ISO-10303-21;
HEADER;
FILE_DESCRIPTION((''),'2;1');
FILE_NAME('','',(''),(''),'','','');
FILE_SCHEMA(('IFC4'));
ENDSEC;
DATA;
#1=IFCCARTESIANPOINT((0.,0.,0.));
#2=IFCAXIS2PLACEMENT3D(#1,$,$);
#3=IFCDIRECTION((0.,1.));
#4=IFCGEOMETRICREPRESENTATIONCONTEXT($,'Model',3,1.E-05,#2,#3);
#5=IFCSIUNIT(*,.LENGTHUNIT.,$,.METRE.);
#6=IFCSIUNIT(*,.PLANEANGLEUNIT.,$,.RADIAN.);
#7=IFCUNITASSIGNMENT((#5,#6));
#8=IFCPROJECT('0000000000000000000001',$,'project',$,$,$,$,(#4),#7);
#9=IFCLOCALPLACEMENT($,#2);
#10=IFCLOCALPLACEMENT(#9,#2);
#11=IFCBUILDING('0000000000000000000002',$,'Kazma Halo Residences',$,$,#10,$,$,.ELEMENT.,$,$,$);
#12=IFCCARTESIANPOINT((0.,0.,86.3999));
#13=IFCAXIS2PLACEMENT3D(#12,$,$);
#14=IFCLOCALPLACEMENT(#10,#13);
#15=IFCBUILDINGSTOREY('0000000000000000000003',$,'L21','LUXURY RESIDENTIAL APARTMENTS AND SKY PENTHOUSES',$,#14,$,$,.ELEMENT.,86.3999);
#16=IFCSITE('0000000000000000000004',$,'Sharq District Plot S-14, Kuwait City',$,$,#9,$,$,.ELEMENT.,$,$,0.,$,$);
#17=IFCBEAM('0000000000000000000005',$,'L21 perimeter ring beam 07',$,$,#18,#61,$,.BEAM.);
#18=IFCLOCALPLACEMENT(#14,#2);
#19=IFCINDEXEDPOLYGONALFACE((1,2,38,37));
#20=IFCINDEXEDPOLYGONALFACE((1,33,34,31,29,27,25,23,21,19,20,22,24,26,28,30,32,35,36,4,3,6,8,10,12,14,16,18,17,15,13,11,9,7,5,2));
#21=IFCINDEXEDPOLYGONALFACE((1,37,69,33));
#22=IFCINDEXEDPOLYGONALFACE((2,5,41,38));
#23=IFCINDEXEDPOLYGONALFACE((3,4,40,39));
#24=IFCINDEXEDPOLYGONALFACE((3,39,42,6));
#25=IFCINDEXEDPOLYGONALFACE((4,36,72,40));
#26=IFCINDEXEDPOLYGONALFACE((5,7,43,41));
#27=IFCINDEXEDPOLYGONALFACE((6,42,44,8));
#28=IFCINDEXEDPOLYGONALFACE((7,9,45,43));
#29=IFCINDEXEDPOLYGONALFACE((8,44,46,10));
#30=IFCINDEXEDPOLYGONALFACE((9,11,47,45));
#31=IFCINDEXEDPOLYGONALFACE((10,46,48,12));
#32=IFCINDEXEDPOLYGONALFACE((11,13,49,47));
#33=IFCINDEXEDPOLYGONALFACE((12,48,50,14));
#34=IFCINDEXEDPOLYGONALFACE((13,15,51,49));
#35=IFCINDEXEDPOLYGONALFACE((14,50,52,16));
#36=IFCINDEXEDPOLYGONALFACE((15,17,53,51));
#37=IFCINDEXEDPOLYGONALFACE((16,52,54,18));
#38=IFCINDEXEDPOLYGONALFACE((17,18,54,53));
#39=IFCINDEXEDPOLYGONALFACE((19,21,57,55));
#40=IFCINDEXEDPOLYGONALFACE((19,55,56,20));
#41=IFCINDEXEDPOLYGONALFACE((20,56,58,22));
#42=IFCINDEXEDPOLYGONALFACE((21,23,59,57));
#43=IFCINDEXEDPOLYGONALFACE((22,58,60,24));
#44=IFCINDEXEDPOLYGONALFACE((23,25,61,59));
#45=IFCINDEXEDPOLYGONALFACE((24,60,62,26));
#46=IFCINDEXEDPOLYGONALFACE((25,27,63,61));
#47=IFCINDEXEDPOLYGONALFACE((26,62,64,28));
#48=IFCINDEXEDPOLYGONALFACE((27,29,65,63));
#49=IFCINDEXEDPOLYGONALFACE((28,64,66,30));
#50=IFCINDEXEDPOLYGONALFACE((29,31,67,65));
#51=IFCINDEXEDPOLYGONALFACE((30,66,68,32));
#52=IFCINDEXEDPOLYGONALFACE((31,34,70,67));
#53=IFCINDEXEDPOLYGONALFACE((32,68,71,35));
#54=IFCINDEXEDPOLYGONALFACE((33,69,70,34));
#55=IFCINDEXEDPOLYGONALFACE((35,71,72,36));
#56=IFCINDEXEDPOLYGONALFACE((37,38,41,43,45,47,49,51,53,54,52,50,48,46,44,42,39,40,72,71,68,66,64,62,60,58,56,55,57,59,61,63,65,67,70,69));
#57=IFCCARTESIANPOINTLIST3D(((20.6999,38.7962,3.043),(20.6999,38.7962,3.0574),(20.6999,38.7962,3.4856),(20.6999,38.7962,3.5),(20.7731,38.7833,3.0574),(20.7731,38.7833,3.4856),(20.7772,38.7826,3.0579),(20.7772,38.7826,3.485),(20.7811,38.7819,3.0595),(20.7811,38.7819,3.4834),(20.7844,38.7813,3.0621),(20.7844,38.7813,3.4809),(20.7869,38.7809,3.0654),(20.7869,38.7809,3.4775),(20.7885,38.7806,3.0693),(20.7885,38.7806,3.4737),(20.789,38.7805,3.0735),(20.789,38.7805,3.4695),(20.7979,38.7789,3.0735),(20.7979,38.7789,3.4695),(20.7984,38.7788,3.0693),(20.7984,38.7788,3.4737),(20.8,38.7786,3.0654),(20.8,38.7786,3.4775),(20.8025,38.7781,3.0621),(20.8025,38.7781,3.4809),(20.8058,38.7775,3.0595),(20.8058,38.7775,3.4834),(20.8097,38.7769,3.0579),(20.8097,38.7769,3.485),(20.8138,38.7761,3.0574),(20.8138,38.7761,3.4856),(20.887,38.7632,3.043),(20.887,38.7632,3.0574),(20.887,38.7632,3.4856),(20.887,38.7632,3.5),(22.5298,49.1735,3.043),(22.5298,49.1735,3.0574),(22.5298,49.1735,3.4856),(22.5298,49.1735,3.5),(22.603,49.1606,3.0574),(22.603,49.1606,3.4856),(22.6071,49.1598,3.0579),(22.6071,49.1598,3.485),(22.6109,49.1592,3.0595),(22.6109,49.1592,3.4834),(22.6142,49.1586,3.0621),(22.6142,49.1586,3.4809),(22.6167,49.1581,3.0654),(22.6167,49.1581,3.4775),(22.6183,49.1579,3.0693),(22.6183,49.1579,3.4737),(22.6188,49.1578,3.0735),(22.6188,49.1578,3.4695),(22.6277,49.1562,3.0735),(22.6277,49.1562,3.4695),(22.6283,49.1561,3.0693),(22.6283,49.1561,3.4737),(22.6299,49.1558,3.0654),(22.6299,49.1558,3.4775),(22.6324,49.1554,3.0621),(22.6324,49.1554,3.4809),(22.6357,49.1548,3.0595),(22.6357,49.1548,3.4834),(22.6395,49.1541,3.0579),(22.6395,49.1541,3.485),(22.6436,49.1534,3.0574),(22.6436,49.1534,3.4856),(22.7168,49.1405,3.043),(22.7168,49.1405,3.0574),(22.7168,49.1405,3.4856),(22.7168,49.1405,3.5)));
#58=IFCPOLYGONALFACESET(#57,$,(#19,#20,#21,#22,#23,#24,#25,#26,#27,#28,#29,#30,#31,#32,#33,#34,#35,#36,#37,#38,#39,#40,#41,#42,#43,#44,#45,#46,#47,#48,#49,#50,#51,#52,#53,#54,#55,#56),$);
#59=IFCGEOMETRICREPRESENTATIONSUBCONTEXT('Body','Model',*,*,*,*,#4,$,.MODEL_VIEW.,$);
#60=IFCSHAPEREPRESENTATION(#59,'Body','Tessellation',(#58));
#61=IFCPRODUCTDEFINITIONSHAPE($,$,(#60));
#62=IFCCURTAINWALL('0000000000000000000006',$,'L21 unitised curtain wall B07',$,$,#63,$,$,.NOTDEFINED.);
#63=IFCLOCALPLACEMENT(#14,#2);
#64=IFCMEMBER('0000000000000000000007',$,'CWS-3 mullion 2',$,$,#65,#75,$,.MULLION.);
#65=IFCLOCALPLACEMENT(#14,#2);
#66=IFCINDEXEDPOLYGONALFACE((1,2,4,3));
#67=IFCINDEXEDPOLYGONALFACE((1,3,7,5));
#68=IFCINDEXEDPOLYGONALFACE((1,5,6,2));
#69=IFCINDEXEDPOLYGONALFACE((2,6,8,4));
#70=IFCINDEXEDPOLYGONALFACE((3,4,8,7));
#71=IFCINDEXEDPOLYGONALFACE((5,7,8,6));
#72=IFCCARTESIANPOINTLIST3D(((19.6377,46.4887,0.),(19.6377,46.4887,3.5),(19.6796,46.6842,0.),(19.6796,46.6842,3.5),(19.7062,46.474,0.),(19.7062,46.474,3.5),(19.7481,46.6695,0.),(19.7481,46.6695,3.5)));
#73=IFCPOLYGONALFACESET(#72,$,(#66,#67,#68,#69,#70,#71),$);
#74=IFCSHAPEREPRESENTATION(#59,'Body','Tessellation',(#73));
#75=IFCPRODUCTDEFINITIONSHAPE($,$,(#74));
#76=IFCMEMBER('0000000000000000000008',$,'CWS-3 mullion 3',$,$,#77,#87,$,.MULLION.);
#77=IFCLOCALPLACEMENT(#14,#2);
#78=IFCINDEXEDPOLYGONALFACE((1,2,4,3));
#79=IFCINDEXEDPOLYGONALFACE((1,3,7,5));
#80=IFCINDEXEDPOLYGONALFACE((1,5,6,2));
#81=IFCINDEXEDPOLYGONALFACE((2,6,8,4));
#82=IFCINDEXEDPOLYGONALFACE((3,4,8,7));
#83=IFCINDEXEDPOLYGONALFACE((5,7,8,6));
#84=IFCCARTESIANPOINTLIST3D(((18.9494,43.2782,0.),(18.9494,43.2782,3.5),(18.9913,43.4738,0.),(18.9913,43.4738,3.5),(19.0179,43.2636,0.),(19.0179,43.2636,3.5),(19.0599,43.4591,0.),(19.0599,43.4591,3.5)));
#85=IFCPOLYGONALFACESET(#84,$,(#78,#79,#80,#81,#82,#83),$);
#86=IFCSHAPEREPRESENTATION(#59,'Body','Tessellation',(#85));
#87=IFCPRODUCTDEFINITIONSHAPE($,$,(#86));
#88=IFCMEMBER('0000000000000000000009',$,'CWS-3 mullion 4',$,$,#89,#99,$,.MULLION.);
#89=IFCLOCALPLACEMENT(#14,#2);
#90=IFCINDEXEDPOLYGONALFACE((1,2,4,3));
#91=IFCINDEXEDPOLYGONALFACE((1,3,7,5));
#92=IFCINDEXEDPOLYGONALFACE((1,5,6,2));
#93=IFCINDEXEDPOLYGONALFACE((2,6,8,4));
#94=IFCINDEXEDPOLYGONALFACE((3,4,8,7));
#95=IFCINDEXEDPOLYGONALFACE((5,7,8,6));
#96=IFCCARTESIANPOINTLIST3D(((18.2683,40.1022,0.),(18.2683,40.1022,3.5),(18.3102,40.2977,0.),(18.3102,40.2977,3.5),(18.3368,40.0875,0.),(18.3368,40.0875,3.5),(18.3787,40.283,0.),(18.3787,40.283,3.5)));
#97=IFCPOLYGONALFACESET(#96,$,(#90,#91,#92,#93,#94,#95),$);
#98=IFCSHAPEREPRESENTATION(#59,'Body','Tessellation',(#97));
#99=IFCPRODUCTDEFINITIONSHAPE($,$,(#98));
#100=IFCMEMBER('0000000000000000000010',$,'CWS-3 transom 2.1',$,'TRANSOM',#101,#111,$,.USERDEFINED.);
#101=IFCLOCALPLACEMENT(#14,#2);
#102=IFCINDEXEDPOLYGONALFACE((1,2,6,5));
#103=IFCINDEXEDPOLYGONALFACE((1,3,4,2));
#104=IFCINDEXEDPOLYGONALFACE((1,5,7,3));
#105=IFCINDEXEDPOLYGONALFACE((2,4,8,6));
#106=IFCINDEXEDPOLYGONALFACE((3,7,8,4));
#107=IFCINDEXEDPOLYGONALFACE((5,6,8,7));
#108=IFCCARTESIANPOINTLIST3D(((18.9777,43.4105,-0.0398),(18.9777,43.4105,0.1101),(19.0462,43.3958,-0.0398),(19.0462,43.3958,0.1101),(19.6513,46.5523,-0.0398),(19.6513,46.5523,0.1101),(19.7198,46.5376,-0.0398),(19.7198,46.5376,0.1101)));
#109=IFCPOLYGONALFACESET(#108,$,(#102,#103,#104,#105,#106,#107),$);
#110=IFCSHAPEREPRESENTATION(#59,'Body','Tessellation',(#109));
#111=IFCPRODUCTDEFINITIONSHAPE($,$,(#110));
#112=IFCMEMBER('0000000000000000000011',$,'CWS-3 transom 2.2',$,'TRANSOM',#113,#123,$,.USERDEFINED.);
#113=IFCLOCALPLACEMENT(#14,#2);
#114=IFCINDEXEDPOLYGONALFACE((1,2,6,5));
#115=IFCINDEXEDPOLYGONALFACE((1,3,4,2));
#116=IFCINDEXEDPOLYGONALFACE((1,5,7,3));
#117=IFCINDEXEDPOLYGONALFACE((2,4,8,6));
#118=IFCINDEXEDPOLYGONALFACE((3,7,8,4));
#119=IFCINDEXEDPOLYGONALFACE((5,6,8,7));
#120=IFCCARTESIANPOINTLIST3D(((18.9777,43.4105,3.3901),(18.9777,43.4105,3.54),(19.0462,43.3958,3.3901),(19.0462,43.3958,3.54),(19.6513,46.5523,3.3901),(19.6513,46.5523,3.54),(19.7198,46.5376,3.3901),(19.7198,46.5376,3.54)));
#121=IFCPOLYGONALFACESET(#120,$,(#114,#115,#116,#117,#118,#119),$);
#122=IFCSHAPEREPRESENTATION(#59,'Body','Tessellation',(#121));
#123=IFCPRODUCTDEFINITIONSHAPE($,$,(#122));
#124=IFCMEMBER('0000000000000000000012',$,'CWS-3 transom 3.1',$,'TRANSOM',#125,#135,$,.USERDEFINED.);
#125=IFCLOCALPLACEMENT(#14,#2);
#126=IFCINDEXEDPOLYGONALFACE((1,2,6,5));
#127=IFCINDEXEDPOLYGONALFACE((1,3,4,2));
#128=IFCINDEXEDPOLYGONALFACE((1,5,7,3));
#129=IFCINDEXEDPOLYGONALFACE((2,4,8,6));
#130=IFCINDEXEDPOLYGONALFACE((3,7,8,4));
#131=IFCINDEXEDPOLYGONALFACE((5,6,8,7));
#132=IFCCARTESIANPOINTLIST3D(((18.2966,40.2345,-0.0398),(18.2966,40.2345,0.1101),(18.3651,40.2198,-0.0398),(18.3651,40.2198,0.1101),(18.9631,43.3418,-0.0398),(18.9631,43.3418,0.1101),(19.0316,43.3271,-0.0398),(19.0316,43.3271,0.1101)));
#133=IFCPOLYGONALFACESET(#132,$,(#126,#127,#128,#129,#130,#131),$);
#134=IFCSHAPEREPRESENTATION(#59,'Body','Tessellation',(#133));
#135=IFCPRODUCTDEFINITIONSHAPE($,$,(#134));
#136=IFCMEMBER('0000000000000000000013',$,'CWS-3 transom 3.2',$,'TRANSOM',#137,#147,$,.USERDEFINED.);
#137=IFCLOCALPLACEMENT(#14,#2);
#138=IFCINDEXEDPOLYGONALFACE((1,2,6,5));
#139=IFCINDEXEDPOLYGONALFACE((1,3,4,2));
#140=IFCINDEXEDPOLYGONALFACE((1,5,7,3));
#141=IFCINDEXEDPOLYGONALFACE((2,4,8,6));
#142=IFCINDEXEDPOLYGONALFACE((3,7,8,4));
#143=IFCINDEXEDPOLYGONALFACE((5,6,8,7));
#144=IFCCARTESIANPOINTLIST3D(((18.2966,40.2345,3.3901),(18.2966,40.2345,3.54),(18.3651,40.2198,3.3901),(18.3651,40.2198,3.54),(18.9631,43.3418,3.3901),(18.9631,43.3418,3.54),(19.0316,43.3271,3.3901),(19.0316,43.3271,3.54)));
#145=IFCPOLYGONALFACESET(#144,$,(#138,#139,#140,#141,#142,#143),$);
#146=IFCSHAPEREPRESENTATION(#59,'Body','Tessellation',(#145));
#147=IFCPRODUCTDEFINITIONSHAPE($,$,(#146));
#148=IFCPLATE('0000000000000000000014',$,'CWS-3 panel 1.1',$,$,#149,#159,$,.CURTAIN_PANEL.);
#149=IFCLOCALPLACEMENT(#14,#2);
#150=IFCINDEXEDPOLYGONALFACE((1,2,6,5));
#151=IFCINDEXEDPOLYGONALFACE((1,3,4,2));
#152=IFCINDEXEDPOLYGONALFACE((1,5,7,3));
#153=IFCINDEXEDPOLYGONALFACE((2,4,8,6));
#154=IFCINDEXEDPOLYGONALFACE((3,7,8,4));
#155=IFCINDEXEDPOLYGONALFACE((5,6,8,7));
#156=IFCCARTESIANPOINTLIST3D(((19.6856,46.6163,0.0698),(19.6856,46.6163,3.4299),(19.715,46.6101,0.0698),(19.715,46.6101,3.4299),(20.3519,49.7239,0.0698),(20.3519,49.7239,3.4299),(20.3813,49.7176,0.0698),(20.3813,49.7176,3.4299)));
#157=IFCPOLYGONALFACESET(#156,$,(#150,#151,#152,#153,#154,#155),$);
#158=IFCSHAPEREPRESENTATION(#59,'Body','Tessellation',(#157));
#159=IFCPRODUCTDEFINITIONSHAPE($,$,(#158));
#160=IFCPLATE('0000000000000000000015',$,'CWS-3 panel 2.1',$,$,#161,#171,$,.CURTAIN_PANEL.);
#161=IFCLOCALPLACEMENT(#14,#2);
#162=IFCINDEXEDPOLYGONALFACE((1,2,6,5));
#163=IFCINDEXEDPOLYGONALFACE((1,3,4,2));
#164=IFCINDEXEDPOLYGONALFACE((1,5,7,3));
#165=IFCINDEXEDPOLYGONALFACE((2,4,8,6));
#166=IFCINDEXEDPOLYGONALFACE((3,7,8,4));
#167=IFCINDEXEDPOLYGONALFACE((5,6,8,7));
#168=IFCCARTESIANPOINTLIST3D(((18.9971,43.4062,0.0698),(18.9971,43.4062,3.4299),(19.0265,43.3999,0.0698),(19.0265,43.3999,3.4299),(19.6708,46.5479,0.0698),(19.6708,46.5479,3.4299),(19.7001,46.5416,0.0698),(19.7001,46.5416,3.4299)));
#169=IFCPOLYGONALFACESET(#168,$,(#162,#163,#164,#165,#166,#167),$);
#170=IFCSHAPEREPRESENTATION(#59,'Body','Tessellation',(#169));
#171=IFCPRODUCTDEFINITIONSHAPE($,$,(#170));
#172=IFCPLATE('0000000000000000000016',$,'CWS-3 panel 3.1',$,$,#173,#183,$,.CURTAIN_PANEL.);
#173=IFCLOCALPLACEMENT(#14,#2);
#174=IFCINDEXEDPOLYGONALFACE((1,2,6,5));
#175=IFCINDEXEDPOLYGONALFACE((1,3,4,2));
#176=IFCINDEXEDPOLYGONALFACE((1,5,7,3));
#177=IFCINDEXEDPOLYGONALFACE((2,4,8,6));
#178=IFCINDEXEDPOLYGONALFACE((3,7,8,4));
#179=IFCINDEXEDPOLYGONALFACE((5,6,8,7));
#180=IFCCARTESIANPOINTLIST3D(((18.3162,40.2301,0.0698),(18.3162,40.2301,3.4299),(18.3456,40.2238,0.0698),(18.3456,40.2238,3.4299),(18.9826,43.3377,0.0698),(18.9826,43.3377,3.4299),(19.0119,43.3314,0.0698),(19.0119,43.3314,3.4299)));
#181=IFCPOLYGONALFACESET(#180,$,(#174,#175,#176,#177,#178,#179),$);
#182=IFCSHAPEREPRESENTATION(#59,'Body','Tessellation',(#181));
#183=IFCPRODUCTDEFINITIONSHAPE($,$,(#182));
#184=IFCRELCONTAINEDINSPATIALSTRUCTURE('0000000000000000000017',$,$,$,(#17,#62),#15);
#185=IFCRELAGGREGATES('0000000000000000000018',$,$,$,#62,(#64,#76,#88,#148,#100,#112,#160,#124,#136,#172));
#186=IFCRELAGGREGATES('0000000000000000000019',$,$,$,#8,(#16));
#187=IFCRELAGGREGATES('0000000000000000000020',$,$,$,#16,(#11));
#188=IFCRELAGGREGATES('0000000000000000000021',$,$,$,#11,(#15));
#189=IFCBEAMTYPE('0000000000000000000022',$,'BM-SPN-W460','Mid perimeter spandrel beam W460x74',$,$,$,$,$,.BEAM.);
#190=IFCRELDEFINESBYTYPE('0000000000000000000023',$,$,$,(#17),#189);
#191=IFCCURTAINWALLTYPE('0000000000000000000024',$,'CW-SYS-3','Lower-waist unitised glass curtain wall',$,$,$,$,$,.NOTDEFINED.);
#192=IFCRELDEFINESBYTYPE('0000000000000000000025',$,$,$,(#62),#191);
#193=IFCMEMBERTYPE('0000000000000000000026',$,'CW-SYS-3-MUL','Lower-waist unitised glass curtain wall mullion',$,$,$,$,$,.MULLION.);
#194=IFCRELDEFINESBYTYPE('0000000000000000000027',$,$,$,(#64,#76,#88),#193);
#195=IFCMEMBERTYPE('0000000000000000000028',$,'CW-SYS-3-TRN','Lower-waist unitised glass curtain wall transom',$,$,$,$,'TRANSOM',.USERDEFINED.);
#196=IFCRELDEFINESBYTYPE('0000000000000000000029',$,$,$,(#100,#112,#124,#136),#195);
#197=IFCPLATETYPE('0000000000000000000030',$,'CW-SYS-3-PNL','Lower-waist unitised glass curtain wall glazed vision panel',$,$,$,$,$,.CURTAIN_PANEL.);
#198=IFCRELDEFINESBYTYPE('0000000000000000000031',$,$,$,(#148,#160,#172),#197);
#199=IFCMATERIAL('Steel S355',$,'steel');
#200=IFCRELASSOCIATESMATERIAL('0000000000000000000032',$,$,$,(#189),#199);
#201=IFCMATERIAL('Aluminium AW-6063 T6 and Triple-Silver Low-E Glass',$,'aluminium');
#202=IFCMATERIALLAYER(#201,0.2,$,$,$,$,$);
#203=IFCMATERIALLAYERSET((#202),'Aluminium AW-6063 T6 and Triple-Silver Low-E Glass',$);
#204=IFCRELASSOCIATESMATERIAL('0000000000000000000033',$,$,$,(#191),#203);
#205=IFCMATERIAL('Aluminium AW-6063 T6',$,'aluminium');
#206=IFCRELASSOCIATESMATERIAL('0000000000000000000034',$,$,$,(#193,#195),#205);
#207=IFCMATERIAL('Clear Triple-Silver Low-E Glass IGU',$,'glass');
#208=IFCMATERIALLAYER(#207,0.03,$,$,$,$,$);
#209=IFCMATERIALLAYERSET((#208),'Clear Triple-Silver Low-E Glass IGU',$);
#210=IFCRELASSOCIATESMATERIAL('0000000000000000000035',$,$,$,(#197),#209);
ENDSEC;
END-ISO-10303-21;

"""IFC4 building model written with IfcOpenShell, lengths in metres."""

from ifc_helpers import new_model, si_unit, direction, frame, origin, origin_2d, place, context, subcontext, project, spatial, rectangle, i_section, extrude, material, layer, layer_set, material_profile, profile_set, type_object, element, aggregate, save


model = new_model("IFC4")

# Units and contexts
model_context = context("Model", 3, precision=1e-05, world=origin(), true_north=direction((0.0, 1.0)))
body_context = subcontext(model_context, "Body", "Model", "MODEL_VIEW")
ifc_project = project(units=[si_unit("LENGTHUNIT", "METRE"), si_unit("PLANEANGLEUNIT", "RADIAN")], contexts=[model_context])

# Site, building, storey
site_placement = place(None, origin())
site = spatial("IfcSite", under=ifc_project, at=site_placement, Name="Sharq District Plot S-14, Kuwait City", CompositionType="ELEMENT", RefElevation=0.0)
building_placement = place(site_placement, origin())
building = spatial("IfcBuilding", under=site, at=building_placement, Name="Kazma Halo Residences", CompositionType="ELEMENT")
storey_placement = place(building_placement, frame((0.0, 0.0, 86.3999)))
storey = spatial("IfcBuildingStorey", under=building, at=storey_placement, Name="L21", Description="LUXURY RESIDENTIAL APARTMENTS AND SKY PENTHOUSES", CompositionType="ELEMENT", Elevation=86.3999)

# Beam
ifc_material_1 = material(Name="Steel S355", Category="steel")
ifc_material_profile_1 = material_profile(ifc_material_1, i_section(OverallWidth=0.1899, OverallDepth=0.457, WebThickness=0.009, FlangeThickness=0.0144, FilletRadius=0.0161, at=origin_2d()), Name="W460x74")
ifc_profile_set_1 = profile_set([ifc_material_profile_1], Name="Steel S355")
beam_type_1 = type_object("IfcBeamType", Name="BM-SPN-W460", Description="Mid perimeter spandrel beam W460x74", PredefinedType="BEAM", material=ifc_profile_set_1)
beam_1_placement = place(storey_placement, frame((22.6233, 49.157, 3.2715), z_axis=(-0.173653, -0.984807, 0.0), x_axis=(0.984807, -0.173653, 0.0)))
element("IfcBeam", 1, at=beam_1_placement, inside=storey, type_object=beam_type_1, Name="L21 perimeter ring beam 07", PredefinedType="BEAM", context=body_context, shape_type="SweptSolid", body=[
    extrude(i_section(OverallWidth=0.1899, OverallDepth=0.457, WebThickness=0.009, FlangeThickness=0.0144, FilletRadius=0.0161, at=origin_2d()), origin(), (0.0, 0.0, 1.0), 10.5374),
])

# Curtain wall, members, plates
ifc_material_2 = material(Name="Aluminium AW-6063 T6 and Triple-Silver Low-E Glass", Category="aluminium")
ifc_layer_1 = layer(ifc_material_2, 0.2)
ifc_layer_set_1 = layer_set([ifc_layer_1], Name="Aluminium AW-6063 T6 and Triple-Silver Low-E Glass")
curtain_wall_type = type_object("IfcCurtainWallType", Name="CW-SYS-3", Description="Lower-waist unitised glass curtain wall", PredefinedType="NOTDEFINED", material=ifc_layer_set_1)
curtain_wall_placement = place(storey_placement, origin())
curtain_wall = element("IfcCurtainWall", 2, at=curtain_wall_placement, inside=storey, type_object=curtain_wall_type, Name="L21 unitised curtain wall B07", PredefinedType="NOTDEFINED")
ifc_material_3 = material(Name="Aluminium AW-6063 T6", Category="aluminium")
ifc_material_profile_2 = material_profile(ifc_material_3, rectangle(XDim=0.0701, YDim=0.2, at=origin_2d()), Name="CWM-70x200")
ifc_profile_set_2 = profile_set([ifc_material_profile_2], Name="Aluminium AW-6063 T6")
member_type_1 = type_object("IfcMemberType", Name="CW-SYS-3-MUL", Description="Lower-waist unitised glass curtain wall mullion", PredefinedType="MULLION", material=ifc_profile_set_2)
member_1_placement = place(storey_placement, frame((19.6929, 46.5791, 0.0), z_axis=(0.0, 0.0, 1.0), x_axis=(0.977774, -0.209661, 0.0)))
member_1 = element("IfcMember", 3, at=member_1_placement, type_object=member_type_1, Name="CWS-3 mullion 2", PredefinedType="MULLION", context=body_context, shape_type="SweptSolid", body=[
    extrude(rectangle(XDim=0.0701, YDim=0.2, at=origin_2d()), origin(), (0.0, 0.0, 1.0), 3.5),
])
member_2_placement = place(storey_placement, frame((19.0046, 43.3687, 0.0), z_axis=(0.0, 0.0, 1.0), x_axis=(0.977774, -0.209661, 0.0)))
member_2 = element("IfcMember", 4, at=member_2_placement, type_object=member_type_1, Name="CWS-3 mullion 3", PredefinedType="MULLION", context=body_context, shape_type="SweptSolid", body=[
    extrude(rectangle(XDim=0.0701, YDim=0.2, at=origin_2d()), origin(), (0.0, 0.0, 1.0), 3.5),
])
member_3_placement = place(storey_placement, frame((18.3235, 40.1926, 0.0), z_axis=(0.0, 0.0, 1.0), x_axis=(0.977774, -0.209661, 0.0)))
member_3 = element("IfcMember", 5, at=member_3_placement, type_object=member_type_1, Name="CWS-3 mullion 4", PredefinedType="MULLION", context=body_context, shape_type="SweptSolid", body=[
    extrude(rectangle(XDim=0.0701, YDim=0.2, at=origin_2d()), origin(), (0.0, 0.0, 1.0), 3.5),
])
ifc_material_profile_3 = material_profile(ifc_material_3, rectangle(XDim=0.0701, YDim=0.1499, at=origin_2d()), Name="CWT-70x150")
ifc_profile_set_3 = profile_set([ifc_material_profile_3], Name="Aluminium AW-6063 T6")
member_type_2 = type_object("IfcMemberType", Name="CW-SYS-3-TRN", Description="Lower-waist unitised glass curtain wall transom", ElementType="TRANSOM", PredefinedType="USERDEFINED", material=ifc_profile_set_3)
member_4_placement = place(storey_placement, frame((19.6855, 46.5449, 0.0352), z_axis=(-0.209628, -0.977781, 0.0), x_axis=(0.977781, -0.209628, 0.0)))
member_4 = element("IfcMember", 6, at=member_4_placement, type_object=member_type_2, Name="CWS-3 transom 2.1", ObjectType="TRANSOM", PredefinedType="USERDEFINED", context=body_context, shape_type="SweptSolid", body=[
    extrude(rectangle(XDim=0.0701, YDim=0.1499, at=origin_2d()), origin(), (0.0, 0.0, 1.0), 3.2131),
])
member_5_placement = place(storey_placement, frame((19.6855, 46.5449, 3.4651), z_axis=(-0.209628, -0.977781, 0.0), x_axis=(0.977781, -0.209628, 0.0)))
member_5 = element("IfcMember", 7, at=member_5_placement, type_object=member_type_2, Name="CWS-3 transom 2.2", ObjectType="TRANSOM", PredefinedType="USERDEFINED", context=body_context, shape_type="SweptSolid", body=[
    extrude(rectangle(XDim=0.0701, YDim=0.1499, at=origin_2d()), origin(), (0.0, 0.0, 1.0), 3.2131),
])
member_6_placement = place(storey_placement, frame((18.9973, 43.3345, 0.0352), z_axis=(-0.209718, -0.977762, 0.0), x_axis=(0.977762, -0.209718, 0.0)))
member_6 = element("IfcMember", 8, at=member_6_placement, type_object=member_type_2, Name="CWS-3 transom 3.1", ObjectType="TRANSOM", PredefinedType="USERDEFINED", context=body_context, shape_type="SweptSolid", body=[
    extrude(rectangle(XDim=0.0701, YDim=0.1499, at=origin_2d()), origin(), (0.0, 0.0, 1.0), 3.178),
])
member_7_placement = place(storey_placement, frame((18.9973, 43.3345, 3.4651), z_axis=(-0.209718, -0.977762, 0.0), x_axis=(0.977762, -0.209718, 0.0)))
member_7 = element("IfcMember", 9, at=member_7_placement, type_object=member_type_2, Name="CWS-3 transom 3.2", ObjectType="TRANSOM", PredefinedType="USERDEFINED", context=body_context, shape_type="SweptSolid", body=[
    extrude(rectangle(XDim=0.0701, YDim=0.1499, at=origin_2d()), origin(), (0.0, 0.0, 1.0), 3.178),
])
ifc_material_4 = material(Name="Clear Triple-Silver Low-E Glass IGU", Category="glass")
ifc_layer_2 = layer(ifc_material_4, 0.03)
ifc_layer_set_2 = layer_set([ifc_layer_2], Name="Clear Triple-Silver Low-E Glass IGU")
plate_type = type_object("IfcPlateType", Name="CW-SYS-3-PNL", Description="Lower-waist unitised glass curtain wall glazed vision panel", PredefinedType="CURTAIN_PANEL", material=ifc_layer_set_2)
plate_1_placement = place(storey_placement, frame((20.0334, 48.167, 0.0698), z_axis=(0.0, 0.0, 1.0), x_axis=(-0.209661, -0.977774, 0.0)))
plate_1 = element("IfcPlate", 10, at=plate_1_placement, type_object=plate_type, Name="CWS-3 panel 1.1", PredefinedType="CURTAIN_PANEL", context=body_context, shape_type="SweptSolid", body=[
    extrude(rectangle(XDim=3.1782, YDim=0.03, at=origin_2d()), origin(), (0.0, 0.0, 1.0), 3.3601),
])
plate_2_placement = place(storey_placement, frame((19.3486, 44.9739, 0.0698), z_axis=(0.0, 0.0, 1.0), x_axis=(-0.209661, -0.977774, 0.0)))
plate_2 = element("IfcPlate", 11, at=plate_2_placement, type_object=plate_type, Name="CWS-3 panel 2.1", PredefinedType="CURTAIN_PANEL", context=body_context, shape_type="SweptSolid", body=[
    extrude(rectangle(XDim=3.2131, YDim=0.03, at=origin_2d()), origin(), (0.0, 0.0, 1.0), 3.3601),
])
plate_3_placement = place(storey_placement, frame((18.6641, 41.7808, 0.0698), z_axis=(0.0, 0.0, 1.0), x_axis=(-0.209661, -0.977774, 0.0)))
plate_3 = element("IfcPlate", 12, at=plate_3_placement, type_object=plate_type, Name="CWS-3 panel 3.1", PredefinedType="CURTAIN_PANEL", context=body_context, shape_type="SweptSolid", body=[
    extrude(rectangle(XDim=3.1782, YDim=0.03, at=origin_2d()), origin(), (0.0, 0.0, 1.0), 3.3601),
])
aggregate(curtain_wall, [member_1, member_2, member_3, plate_1, member_4, member_5, plate_2, member_6, member_7, plate_3])

save(model, "model.ifc")
